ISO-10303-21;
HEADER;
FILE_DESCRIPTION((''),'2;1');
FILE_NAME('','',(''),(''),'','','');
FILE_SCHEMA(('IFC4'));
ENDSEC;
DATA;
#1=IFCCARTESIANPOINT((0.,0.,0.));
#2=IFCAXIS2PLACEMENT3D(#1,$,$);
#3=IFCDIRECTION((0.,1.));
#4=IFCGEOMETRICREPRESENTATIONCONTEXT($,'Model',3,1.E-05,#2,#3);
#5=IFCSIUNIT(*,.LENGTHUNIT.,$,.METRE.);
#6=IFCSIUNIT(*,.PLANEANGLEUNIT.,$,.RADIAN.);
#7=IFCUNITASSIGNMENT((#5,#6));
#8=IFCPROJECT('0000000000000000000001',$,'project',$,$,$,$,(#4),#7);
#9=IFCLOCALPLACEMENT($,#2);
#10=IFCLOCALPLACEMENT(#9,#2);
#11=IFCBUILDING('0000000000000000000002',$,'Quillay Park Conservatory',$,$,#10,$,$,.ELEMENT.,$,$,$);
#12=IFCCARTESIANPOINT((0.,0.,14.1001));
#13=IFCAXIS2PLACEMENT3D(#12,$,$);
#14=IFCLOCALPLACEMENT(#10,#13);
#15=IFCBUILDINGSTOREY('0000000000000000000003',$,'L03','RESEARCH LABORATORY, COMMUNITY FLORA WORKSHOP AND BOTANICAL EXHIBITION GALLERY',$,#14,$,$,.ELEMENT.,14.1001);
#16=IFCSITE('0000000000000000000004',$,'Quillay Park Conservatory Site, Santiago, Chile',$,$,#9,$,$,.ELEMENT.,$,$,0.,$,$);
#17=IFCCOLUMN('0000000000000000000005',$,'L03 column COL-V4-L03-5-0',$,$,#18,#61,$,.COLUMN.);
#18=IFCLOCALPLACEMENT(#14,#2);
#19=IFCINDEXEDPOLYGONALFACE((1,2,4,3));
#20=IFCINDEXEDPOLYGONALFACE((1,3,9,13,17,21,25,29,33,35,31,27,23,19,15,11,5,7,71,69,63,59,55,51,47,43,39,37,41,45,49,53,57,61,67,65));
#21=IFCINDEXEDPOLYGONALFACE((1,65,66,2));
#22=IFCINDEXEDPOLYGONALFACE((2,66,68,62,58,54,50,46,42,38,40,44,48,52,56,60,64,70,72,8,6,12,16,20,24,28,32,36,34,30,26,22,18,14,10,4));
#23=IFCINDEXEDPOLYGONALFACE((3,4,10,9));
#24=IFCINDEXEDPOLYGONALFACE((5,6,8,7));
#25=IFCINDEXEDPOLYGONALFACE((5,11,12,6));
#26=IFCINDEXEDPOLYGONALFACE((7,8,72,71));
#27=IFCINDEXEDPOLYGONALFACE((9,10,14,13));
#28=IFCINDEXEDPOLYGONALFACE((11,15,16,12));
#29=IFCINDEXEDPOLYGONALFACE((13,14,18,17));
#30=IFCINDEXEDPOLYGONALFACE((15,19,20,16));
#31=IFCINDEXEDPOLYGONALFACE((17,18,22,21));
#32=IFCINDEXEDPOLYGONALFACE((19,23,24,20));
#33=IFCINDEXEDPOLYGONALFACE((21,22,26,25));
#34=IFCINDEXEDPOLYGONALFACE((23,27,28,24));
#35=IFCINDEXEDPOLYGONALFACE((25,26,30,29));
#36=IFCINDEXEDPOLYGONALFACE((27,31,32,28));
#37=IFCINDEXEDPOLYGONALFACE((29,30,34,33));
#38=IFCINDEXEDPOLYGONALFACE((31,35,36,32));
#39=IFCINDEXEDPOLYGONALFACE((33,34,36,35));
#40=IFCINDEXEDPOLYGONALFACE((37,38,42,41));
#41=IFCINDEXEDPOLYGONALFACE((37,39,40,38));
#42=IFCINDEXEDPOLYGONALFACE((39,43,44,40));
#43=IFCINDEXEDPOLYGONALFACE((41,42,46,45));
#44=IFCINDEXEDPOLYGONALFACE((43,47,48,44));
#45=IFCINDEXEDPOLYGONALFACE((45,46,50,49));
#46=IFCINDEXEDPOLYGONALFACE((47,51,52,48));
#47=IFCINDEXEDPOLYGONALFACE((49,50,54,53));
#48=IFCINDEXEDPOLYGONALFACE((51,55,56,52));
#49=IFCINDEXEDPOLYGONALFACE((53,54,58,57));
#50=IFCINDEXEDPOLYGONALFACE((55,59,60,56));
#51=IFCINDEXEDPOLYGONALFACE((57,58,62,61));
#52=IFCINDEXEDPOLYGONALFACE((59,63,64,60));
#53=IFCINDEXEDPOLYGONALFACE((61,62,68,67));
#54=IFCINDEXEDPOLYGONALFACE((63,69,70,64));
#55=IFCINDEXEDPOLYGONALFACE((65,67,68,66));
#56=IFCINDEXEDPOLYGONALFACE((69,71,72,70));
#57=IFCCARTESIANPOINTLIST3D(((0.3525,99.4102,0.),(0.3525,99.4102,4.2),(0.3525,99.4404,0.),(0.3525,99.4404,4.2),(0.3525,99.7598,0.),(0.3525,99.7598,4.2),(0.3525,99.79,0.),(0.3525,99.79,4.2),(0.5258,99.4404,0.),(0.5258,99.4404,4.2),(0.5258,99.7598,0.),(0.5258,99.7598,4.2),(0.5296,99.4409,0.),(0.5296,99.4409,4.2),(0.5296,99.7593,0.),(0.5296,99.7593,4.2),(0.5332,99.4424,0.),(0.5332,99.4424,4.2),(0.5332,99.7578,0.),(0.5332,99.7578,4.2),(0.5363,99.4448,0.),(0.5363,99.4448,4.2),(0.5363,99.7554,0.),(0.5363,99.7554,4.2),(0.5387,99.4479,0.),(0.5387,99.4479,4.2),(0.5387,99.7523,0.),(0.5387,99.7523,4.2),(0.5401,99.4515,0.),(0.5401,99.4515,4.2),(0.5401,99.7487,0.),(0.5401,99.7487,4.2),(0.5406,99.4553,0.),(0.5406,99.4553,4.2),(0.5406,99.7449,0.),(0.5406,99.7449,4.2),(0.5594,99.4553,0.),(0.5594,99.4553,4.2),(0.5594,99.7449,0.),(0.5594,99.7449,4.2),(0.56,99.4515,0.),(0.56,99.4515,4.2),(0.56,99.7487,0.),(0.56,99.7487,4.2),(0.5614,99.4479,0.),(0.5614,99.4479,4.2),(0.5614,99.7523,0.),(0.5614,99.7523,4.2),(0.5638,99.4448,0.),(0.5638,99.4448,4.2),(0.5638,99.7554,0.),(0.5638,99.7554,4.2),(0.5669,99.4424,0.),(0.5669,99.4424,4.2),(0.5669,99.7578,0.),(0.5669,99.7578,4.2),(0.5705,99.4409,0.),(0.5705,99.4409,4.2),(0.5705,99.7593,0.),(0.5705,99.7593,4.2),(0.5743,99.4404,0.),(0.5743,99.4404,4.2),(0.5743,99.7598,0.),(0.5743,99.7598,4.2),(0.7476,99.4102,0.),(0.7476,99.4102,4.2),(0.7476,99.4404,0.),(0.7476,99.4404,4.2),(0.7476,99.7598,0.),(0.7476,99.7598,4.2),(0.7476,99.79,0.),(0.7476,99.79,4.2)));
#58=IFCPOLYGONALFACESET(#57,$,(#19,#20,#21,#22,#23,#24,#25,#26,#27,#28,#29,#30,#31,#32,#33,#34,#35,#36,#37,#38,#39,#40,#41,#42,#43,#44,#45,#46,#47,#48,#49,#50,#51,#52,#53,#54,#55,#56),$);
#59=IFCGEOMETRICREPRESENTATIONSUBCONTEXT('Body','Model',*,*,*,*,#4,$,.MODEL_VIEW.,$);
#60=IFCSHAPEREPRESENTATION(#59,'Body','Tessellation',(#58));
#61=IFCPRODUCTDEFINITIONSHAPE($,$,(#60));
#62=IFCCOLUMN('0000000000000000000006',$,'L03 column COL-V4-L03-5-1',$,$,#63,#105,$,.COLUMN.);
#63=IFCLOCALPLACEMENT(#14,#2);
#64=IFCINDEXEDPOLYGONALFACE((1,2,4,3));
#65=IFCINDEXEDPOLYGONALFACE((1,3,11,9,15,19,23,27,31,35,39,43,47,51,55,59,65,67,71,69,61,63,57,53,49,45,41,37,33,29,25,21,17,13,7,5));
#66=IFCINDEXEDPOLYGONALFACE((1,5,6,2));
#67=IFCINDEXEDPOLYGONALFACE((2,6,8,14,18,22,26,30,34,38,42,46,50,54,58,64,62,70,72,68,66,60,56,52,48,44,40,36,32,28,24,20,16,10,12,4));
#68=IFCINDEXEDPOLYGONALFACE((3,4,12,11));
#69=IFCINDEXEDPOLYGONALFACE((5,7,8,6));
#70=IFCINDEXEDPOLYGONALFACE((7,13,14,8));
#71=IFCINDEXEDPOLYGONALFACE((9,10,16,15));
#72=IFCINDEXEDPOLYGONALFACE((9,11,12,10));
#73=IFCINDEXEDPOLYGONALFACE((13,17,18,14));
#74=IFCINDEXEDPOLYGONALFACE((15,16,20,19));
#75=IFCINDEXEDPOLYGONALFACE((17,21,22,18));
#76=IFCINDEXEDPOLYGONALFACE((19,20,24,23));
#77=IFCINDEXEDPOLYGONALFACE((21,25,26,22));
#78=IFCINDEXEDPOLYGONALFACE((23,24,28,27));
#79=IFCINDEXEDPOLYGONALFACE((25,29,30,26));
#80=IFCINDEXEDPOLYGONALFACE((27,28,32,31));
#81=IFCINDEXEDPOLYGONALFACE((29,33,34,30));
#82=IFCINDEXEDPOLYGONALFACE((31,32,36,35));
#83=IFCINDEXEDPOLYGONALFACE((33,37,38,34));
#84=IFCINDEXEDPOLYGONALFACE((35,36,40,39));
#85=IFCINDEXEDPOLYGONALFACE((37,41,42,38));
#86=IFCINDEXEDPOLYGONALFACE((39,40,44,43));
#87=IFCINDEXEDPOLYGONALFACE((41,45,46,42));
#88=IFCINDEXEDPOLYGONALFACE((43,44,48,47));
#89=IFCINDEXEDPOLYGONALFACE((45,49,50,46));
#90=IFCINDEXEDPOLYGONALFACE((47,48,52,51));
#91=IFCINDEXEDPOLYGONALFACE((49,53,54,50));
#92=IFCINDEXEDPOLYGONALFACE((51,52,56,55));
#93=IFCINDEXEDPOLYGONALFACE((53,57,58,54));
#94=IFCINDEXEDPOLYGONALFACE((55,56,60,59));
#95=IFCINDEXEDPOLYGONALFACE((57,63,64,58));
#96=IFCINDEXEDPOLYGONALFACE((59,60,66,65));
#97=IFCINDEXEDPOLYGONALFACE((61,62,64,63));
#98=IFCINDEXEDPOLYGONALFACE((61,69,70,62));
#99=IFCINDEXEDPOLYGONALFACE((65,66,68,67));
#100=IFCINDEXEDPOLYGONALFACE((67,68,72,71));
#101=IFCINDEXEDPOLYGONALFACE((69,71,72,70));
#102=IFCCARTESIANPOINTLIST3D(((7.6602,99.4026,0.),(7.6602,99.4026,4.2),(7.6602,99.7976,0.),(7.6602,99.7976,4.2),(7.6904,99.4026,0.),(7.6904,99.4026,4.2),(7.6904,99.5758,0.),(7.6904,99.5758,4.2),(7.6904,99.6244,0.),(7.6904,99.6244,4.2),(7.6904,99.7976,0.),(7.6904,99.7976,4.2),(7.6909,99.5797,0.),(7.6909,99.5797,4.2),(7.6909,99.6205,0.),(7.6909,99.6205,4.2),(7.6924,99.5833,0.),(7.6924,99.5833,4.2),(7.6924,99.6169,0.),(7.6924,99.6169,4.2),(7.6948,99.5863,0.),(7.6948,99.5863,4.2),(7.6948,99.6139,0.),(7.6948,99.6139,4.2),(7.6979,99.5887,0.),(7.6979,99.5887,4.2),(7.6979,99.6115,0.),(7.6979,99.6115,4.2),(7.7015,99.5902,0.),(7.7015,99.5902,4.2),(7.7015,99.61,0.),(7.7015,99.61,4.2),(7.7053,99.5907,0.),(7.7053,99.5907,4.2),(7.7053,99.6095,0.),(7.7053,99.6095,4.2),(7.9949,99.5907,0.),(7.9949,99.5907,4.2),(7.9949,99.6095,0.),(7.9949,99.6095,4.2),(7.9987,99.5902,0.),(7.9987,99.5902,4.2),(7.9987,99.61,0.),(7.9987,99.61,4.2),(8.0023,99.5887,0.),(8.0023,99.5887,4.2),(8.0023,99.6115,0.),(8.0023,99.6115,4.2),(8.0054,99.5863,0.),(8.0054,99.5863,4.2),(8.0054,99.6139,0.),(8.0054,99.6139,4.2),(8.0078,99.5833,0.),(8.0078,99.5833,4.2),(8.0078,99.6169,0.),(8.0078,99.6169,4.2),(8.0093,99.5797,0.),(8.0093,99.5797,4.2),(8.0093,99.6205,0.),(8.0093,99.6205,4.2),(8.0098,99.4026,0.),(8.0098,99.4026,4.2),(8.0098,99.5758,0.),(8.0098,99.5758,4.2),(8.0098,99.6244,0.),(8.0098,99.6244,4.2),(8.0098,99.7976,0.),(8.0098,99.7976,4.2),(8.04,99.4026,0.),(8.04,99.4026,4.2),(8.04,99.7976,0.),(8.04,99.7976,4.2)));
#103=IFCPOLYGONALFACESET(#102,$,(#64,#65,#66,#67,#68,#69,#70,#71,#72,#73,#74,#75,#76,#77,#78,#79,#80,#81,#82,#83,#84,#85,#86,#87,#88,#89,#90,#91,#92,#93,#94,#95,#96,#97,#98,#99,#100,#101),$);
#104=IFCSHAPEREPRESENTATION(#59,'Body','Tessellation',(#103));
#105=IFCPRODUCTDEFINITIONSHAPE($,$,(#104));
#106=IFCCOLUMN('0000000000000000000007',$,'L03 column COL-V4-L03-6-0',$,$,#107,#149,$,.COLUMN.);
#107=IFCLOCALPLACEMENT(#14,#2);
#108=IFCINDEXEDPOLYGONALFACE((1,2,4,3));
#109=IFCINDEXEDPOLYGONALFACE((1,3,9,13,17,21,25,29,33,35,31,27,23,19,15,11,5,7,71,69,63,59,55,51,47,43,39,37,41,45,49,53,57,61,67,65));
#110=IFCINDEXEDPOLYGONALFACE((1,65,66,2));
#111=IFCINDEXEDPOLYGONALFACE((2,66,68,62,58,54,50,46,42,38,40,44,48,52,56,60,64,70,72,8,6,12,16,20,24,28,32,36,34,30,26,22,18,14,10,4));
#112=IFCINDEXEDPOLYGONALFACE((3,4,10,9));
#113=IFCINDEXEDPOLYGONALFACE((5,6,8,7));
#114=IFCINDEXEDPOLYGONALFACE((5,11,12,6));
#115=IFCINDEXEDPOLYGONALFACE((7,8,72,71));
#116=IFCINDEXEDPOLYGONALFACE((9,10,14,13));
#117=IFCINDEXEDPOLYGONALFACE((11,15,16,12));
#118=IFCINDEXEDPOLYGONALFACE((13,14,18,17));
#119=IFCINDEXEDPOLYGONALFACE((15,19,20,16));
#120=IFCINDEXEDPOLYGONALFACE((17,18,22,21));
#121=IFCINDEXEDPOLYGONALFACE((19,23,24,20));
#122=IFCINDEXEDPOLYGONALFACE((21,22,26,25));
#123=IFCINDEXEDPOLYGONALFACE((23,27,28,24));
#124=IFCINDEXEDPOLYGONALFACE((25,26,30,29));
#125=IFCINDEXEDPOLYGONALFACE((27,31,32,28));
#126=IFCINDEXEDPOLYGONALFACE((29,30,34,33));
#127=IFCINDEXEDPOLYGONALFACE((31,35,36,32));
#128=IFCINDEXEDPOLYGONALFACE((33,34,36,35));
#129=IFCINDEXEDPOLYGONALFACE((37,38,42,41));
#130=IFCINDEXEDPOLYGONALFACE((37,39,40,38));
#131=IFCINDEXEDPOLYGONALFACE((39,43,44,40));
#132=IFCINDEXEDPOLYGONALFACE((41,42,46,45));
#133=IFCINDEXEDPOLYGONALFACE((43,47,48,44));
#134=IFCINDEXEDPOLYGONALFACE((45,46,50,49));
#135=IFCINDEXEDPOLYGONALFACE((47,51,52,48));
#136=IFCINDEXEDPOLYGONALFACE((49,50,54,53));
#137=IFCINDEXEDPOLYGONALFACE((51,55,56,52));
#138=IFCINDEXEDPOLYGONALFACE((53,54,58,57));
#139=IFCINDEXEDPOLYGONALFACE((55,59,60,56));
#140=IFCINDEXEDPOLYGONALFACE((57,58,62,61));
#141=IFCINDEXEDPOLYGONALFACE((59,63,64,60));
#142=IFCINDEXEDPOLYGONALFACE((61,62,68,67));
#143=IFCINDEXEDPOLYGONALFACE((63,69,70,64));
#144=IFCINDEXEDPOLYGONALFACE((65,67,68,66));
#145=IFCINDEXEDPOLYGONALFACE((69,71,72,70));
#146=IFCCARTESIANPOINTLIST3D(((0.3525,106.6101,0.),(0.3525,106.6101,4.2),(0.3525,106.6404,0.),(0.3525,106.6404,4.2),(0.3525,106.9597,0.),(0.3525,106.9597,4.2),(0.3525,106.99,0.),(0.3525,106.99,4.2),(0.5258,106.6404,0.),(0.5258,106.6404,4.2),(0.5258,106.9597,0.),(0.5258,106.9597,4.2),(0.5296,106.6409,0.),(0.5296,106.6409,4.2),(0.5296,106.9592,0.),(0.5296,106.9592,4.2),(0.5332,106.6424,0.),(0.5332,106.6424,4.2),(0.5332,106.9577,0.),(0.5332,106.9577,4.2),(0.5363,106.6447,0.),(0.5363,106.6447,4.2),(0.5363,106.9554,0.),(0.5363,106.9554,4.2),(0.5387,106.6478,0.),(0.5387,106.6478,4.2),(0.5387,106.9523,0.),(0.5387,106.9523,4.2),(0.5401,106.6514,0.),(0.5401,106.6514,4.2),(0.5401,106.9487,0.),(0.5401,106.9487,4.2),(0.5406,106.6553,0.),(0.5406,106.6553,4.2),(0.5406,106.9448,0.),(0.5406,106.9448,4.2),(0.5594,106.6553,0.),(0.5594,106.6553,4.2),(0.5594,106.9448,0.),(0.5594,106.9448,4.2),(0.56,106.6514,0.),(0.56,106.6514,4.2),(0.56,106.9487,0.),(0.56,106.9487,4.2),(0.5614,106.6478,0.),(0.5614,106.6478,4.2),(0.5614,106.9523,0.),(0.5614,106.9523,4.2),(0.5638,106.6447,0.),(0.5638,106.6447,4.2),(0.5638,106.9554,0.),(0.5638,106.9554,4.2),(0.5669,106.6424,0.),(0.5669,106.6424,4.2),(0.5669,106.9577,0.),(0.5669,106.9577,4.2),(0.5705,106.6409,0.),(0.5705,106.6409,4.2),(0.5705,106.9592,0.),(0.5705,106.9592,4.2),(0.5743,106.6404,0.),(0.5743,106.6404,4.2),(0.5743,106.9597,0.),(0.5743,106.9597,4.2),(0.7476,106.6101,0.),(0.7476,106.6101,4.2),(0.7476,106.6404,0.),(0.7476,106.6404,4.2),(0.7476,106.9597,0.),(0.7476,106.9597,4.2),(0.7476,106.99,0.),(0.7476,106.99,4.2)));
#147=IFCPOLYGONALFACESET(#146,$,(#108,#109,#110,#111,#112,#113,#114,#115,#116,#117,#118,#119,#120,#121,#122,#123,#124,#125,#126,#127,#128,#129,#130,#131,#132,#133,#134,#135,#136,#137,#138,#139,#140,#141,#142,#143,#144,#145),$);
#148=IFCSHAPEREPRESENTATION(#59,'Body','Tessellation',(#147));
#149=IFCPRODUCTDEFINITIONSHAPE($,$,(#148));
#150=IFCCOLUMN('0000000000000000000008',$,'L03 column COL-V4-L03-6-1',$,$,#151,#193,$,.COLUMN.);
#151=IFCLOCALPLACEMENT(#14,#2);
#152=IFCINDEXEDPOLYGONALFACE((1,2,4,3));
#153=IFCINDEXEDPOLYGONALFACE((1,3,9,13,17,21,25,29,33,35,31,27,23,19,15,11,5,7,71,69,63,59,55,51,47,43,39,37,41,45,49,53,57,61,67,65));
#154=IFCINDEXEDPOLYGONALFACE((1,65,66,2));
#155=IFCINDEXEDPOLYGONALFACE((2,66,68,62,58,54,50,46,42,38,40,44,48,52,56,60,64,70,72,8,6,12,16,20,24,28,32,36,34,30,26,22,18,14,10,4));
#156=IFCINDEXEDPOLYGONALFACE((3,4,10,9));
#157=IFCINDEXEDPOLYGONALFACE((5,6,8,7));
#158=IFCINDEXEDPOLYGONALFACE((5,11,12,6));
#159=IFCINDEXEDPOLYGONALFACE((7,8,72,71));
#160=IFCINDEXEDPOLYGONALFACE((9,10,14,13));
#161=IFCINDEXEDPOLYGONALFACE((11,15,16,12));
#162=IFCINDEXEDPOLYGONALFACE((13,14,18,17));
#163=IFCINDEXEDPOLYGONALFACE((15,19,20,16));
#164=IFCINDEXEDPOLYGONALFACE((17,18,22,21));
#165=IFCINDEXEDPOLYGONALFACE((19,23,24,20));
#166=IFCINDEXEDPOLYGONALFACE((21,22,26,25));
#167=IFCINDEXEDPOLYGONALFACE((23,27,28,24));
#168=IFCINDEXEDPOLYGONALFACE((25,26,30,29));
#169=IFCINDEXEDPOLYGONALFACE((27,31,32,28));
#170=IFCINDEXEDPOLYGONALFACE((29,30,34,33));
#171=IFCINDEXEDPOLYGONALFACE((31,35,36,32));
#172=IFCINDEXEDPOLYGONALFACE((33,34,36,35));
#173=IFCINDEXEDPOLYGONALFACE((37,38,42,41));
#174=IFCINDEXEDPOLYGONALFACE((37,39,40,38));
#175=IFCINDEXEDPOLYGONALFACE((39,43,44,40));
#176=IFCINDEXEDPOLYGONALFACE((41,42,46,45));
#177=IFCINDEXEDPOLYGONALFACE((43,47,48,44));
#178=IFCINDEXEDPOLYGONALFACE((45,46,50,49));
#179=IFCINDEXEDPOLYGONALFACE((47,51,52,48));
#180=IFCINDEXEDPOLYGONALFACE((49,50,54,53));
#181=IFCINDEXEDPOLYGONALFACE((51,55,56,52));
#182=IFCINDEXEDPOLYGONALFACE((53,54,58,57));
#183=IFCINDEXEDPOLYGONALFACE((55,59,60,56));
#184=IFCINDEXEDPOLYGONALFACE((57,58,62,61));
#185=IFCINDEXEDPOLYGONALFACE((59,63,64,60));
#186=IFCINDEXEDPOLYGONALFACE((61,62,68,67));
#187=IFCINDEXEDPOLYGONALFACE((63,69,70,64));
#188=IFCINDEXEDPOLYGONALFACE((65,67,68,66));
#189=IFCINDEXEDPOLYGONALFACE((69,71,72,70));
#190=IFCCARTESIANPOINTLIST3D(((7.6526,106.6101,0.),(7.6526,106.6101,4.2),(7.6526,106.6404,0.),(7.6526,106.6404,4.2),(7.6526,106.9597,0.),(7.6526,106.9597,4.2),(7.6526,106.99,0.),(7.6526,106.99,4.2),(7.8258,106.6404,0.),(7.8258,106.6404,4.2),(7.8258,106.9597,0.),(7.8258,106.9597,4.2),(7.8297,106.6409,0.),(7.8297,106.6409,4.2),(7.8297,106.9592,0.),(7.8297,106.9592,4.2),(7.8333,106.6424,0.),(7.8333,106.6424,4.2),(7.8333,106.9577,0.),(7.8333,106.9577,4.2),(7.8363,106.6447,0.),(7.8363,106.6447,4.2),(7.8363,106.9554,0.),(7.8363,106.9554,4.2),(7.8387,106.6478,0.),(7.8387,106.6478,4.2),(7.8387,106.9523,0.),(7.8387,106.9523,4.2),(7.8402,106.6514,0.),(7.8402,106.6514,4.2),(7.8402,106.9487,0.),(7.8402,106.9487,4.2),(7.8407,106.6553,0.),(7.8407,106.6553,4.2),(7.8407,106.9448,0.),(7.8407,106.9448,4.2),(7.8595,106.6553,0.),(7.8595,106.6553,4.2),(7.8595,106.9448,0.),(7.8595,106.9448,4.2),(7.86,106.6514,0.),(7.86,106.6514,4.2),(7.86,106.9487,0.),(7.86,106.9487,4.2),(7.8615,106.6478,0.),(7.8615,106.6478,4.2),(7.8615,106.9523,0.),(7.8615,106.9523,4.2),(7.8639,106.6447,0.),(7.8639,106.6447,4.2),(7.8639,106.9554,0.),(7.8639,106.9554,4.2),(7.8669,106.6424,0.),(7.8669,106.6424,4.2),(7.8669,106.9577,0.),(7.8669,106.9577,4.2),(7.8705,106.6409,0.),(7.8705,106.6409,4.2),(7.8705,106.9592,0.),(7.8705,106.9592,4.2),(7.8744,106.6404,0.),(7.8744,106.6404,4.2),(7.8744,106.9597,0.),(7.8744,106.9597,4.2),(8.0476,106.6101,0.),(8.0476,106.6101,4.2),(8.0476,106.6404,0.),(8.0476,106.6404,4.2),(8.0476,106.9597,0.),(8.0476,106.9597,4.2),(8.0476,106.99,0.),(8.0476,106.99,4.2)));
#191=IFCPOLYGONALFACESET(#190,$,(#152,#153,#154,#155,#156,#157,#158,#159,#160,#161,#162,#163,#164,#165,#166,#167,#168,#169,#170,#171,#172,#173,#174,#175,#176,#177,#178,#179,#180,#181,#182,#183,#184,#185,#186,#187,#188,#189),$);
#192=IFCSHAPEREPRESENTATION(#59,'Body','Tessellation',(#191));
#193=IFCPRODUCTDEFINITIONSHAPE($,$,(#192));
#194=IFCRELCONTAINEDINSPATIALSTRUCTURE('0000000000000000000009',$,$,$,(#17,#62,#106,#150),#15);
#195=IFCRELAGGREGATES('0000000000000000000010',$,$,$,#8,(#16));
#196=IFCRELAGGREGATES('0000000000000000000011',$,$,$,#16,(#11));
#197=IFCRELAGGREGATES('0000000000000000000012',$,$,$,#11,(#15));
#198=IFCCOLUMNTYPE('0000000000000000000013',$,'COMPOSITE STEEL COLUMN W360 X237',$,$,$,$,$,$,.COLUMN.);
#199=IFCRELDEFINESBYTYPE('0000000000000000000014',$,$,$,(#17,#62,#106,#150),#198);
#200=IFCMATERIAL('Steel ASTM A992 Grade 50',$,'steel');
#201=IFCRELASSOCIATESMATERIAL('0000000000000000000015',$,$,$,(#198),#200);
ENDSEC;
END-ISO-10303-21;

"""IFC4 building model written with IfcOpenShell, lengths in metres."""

from ifc_helpers import new_model, si_unit, direction, frame, origin, origin_2d, place, context, subcontext, project, spatial, i_section, extrude, material, material_profile, profile_set, type_object, element, save


model = new_model("IFC4")

# Units and contexts
model_context = context("Model", 3, precision=1e-05, world=origin(), true_north=direction((0.0, 1.0)))
body_context = subcontext(model_context, "Body", "Model", "MODEL_VIEW")
ifc_project = project(units=[si_unit("LENGTHUNIT", "METRE"), si_unit("PLANEANGLEUNIT", "RADIAN")], contexts=[model_context])

# Site, building, storey
site_placement = place(None, origin())
site = spatial("IfcSite", under=ifc_project, at=site_placement, Name="Quillay Park Conservatory Site, Santiago, Chile", CompositionType="ELEMENT", RefElevation=0.0)
building_placement = place(site_placement, origin())
building = spatial("IfcBuilding", under=site, at=building_placement, Name="Quillay Park Conservatory", CompositionType="ELEMENT")
storey_placement = place(building_placement, frame((0.0, 0.0, 14.1001)))
storey = spatial("IfcBuildingStorey", under=building, at=storey_placement, Name="L03", Description="RESEARCH LABORATORY, COMMUNITY FLORA WORKSHOP AND BOTANICAL EXHIBITION GALLERY", CompositionType="ELEMENT", Elevation=14.1001)

# Columns
ifc_material_1 = material(Name="Steel ASTM A992 Grade 50", Category="steel")
ifc_material_profile_1 = material_profile(ifc_material_1, i_section(OverallWidth=0.395, OverallDepth=0.3799, WebThickness=0.0188, FlangeThickness=0.0303, FilletRadius=0.0149, at=origin_2d()), Name="W360x237")
ifc_profile_set_1 = profile_set([ifc_material_profile_1], Name="Steel ASTM A992 Grade 50")
column_type = type_object("IfcColumnType", Name="COMPOSITE STEEL COLUMN W360 X237", PredefinedType="COLUMN", material=ifc_profile_set_1)
for number, where, z_axis, x_axis, name in (
    (1, (0.55, 99.6001, 0.0), (0.0, 0.0, 1.0), (1.0, 0.0, 0.0), "L03 column COL-V4-L03-5-0"),
    (2, (7.8501, 99.6001, 0.0), (0.0, 0.0, 1.0), (0.0, 1.0, 0.0), "L03 column COL-V4-L03-5-1"),
    (3, (0.55, 106.8, 0.0), (0.0, 0.0, 1.0), (1.0, 0.0, 0.0), "L03 column COL-V4-L03-6-0"),
    (4, (7.8501, 106.8, 0.0), (0.0, 0.0, 1.0), (1.0, 0.0, 0.0), "L03 column COL-V4-L03-6-1"),
):
    element("IfcColumn", number, at=place(storey_placement, frame(where, z_axis=z_axis, x_axis=x_axis)), inside=storey, type_object=column_type, Name=name, PredefinedType="COLUMN", context=body_context, shape_type="SweptSolid", body=[
        extrude(i_section(OverallWidth=0.395, OverallDepth=0.3799, WebThickness=0.0188, FlangeThickness=0.0303, FilletRadius=0.0149, at=origin_2d()), origin(), (0.0, 0.0, 1.0), 4.2),
    ])

save(model, "model.ifc")
